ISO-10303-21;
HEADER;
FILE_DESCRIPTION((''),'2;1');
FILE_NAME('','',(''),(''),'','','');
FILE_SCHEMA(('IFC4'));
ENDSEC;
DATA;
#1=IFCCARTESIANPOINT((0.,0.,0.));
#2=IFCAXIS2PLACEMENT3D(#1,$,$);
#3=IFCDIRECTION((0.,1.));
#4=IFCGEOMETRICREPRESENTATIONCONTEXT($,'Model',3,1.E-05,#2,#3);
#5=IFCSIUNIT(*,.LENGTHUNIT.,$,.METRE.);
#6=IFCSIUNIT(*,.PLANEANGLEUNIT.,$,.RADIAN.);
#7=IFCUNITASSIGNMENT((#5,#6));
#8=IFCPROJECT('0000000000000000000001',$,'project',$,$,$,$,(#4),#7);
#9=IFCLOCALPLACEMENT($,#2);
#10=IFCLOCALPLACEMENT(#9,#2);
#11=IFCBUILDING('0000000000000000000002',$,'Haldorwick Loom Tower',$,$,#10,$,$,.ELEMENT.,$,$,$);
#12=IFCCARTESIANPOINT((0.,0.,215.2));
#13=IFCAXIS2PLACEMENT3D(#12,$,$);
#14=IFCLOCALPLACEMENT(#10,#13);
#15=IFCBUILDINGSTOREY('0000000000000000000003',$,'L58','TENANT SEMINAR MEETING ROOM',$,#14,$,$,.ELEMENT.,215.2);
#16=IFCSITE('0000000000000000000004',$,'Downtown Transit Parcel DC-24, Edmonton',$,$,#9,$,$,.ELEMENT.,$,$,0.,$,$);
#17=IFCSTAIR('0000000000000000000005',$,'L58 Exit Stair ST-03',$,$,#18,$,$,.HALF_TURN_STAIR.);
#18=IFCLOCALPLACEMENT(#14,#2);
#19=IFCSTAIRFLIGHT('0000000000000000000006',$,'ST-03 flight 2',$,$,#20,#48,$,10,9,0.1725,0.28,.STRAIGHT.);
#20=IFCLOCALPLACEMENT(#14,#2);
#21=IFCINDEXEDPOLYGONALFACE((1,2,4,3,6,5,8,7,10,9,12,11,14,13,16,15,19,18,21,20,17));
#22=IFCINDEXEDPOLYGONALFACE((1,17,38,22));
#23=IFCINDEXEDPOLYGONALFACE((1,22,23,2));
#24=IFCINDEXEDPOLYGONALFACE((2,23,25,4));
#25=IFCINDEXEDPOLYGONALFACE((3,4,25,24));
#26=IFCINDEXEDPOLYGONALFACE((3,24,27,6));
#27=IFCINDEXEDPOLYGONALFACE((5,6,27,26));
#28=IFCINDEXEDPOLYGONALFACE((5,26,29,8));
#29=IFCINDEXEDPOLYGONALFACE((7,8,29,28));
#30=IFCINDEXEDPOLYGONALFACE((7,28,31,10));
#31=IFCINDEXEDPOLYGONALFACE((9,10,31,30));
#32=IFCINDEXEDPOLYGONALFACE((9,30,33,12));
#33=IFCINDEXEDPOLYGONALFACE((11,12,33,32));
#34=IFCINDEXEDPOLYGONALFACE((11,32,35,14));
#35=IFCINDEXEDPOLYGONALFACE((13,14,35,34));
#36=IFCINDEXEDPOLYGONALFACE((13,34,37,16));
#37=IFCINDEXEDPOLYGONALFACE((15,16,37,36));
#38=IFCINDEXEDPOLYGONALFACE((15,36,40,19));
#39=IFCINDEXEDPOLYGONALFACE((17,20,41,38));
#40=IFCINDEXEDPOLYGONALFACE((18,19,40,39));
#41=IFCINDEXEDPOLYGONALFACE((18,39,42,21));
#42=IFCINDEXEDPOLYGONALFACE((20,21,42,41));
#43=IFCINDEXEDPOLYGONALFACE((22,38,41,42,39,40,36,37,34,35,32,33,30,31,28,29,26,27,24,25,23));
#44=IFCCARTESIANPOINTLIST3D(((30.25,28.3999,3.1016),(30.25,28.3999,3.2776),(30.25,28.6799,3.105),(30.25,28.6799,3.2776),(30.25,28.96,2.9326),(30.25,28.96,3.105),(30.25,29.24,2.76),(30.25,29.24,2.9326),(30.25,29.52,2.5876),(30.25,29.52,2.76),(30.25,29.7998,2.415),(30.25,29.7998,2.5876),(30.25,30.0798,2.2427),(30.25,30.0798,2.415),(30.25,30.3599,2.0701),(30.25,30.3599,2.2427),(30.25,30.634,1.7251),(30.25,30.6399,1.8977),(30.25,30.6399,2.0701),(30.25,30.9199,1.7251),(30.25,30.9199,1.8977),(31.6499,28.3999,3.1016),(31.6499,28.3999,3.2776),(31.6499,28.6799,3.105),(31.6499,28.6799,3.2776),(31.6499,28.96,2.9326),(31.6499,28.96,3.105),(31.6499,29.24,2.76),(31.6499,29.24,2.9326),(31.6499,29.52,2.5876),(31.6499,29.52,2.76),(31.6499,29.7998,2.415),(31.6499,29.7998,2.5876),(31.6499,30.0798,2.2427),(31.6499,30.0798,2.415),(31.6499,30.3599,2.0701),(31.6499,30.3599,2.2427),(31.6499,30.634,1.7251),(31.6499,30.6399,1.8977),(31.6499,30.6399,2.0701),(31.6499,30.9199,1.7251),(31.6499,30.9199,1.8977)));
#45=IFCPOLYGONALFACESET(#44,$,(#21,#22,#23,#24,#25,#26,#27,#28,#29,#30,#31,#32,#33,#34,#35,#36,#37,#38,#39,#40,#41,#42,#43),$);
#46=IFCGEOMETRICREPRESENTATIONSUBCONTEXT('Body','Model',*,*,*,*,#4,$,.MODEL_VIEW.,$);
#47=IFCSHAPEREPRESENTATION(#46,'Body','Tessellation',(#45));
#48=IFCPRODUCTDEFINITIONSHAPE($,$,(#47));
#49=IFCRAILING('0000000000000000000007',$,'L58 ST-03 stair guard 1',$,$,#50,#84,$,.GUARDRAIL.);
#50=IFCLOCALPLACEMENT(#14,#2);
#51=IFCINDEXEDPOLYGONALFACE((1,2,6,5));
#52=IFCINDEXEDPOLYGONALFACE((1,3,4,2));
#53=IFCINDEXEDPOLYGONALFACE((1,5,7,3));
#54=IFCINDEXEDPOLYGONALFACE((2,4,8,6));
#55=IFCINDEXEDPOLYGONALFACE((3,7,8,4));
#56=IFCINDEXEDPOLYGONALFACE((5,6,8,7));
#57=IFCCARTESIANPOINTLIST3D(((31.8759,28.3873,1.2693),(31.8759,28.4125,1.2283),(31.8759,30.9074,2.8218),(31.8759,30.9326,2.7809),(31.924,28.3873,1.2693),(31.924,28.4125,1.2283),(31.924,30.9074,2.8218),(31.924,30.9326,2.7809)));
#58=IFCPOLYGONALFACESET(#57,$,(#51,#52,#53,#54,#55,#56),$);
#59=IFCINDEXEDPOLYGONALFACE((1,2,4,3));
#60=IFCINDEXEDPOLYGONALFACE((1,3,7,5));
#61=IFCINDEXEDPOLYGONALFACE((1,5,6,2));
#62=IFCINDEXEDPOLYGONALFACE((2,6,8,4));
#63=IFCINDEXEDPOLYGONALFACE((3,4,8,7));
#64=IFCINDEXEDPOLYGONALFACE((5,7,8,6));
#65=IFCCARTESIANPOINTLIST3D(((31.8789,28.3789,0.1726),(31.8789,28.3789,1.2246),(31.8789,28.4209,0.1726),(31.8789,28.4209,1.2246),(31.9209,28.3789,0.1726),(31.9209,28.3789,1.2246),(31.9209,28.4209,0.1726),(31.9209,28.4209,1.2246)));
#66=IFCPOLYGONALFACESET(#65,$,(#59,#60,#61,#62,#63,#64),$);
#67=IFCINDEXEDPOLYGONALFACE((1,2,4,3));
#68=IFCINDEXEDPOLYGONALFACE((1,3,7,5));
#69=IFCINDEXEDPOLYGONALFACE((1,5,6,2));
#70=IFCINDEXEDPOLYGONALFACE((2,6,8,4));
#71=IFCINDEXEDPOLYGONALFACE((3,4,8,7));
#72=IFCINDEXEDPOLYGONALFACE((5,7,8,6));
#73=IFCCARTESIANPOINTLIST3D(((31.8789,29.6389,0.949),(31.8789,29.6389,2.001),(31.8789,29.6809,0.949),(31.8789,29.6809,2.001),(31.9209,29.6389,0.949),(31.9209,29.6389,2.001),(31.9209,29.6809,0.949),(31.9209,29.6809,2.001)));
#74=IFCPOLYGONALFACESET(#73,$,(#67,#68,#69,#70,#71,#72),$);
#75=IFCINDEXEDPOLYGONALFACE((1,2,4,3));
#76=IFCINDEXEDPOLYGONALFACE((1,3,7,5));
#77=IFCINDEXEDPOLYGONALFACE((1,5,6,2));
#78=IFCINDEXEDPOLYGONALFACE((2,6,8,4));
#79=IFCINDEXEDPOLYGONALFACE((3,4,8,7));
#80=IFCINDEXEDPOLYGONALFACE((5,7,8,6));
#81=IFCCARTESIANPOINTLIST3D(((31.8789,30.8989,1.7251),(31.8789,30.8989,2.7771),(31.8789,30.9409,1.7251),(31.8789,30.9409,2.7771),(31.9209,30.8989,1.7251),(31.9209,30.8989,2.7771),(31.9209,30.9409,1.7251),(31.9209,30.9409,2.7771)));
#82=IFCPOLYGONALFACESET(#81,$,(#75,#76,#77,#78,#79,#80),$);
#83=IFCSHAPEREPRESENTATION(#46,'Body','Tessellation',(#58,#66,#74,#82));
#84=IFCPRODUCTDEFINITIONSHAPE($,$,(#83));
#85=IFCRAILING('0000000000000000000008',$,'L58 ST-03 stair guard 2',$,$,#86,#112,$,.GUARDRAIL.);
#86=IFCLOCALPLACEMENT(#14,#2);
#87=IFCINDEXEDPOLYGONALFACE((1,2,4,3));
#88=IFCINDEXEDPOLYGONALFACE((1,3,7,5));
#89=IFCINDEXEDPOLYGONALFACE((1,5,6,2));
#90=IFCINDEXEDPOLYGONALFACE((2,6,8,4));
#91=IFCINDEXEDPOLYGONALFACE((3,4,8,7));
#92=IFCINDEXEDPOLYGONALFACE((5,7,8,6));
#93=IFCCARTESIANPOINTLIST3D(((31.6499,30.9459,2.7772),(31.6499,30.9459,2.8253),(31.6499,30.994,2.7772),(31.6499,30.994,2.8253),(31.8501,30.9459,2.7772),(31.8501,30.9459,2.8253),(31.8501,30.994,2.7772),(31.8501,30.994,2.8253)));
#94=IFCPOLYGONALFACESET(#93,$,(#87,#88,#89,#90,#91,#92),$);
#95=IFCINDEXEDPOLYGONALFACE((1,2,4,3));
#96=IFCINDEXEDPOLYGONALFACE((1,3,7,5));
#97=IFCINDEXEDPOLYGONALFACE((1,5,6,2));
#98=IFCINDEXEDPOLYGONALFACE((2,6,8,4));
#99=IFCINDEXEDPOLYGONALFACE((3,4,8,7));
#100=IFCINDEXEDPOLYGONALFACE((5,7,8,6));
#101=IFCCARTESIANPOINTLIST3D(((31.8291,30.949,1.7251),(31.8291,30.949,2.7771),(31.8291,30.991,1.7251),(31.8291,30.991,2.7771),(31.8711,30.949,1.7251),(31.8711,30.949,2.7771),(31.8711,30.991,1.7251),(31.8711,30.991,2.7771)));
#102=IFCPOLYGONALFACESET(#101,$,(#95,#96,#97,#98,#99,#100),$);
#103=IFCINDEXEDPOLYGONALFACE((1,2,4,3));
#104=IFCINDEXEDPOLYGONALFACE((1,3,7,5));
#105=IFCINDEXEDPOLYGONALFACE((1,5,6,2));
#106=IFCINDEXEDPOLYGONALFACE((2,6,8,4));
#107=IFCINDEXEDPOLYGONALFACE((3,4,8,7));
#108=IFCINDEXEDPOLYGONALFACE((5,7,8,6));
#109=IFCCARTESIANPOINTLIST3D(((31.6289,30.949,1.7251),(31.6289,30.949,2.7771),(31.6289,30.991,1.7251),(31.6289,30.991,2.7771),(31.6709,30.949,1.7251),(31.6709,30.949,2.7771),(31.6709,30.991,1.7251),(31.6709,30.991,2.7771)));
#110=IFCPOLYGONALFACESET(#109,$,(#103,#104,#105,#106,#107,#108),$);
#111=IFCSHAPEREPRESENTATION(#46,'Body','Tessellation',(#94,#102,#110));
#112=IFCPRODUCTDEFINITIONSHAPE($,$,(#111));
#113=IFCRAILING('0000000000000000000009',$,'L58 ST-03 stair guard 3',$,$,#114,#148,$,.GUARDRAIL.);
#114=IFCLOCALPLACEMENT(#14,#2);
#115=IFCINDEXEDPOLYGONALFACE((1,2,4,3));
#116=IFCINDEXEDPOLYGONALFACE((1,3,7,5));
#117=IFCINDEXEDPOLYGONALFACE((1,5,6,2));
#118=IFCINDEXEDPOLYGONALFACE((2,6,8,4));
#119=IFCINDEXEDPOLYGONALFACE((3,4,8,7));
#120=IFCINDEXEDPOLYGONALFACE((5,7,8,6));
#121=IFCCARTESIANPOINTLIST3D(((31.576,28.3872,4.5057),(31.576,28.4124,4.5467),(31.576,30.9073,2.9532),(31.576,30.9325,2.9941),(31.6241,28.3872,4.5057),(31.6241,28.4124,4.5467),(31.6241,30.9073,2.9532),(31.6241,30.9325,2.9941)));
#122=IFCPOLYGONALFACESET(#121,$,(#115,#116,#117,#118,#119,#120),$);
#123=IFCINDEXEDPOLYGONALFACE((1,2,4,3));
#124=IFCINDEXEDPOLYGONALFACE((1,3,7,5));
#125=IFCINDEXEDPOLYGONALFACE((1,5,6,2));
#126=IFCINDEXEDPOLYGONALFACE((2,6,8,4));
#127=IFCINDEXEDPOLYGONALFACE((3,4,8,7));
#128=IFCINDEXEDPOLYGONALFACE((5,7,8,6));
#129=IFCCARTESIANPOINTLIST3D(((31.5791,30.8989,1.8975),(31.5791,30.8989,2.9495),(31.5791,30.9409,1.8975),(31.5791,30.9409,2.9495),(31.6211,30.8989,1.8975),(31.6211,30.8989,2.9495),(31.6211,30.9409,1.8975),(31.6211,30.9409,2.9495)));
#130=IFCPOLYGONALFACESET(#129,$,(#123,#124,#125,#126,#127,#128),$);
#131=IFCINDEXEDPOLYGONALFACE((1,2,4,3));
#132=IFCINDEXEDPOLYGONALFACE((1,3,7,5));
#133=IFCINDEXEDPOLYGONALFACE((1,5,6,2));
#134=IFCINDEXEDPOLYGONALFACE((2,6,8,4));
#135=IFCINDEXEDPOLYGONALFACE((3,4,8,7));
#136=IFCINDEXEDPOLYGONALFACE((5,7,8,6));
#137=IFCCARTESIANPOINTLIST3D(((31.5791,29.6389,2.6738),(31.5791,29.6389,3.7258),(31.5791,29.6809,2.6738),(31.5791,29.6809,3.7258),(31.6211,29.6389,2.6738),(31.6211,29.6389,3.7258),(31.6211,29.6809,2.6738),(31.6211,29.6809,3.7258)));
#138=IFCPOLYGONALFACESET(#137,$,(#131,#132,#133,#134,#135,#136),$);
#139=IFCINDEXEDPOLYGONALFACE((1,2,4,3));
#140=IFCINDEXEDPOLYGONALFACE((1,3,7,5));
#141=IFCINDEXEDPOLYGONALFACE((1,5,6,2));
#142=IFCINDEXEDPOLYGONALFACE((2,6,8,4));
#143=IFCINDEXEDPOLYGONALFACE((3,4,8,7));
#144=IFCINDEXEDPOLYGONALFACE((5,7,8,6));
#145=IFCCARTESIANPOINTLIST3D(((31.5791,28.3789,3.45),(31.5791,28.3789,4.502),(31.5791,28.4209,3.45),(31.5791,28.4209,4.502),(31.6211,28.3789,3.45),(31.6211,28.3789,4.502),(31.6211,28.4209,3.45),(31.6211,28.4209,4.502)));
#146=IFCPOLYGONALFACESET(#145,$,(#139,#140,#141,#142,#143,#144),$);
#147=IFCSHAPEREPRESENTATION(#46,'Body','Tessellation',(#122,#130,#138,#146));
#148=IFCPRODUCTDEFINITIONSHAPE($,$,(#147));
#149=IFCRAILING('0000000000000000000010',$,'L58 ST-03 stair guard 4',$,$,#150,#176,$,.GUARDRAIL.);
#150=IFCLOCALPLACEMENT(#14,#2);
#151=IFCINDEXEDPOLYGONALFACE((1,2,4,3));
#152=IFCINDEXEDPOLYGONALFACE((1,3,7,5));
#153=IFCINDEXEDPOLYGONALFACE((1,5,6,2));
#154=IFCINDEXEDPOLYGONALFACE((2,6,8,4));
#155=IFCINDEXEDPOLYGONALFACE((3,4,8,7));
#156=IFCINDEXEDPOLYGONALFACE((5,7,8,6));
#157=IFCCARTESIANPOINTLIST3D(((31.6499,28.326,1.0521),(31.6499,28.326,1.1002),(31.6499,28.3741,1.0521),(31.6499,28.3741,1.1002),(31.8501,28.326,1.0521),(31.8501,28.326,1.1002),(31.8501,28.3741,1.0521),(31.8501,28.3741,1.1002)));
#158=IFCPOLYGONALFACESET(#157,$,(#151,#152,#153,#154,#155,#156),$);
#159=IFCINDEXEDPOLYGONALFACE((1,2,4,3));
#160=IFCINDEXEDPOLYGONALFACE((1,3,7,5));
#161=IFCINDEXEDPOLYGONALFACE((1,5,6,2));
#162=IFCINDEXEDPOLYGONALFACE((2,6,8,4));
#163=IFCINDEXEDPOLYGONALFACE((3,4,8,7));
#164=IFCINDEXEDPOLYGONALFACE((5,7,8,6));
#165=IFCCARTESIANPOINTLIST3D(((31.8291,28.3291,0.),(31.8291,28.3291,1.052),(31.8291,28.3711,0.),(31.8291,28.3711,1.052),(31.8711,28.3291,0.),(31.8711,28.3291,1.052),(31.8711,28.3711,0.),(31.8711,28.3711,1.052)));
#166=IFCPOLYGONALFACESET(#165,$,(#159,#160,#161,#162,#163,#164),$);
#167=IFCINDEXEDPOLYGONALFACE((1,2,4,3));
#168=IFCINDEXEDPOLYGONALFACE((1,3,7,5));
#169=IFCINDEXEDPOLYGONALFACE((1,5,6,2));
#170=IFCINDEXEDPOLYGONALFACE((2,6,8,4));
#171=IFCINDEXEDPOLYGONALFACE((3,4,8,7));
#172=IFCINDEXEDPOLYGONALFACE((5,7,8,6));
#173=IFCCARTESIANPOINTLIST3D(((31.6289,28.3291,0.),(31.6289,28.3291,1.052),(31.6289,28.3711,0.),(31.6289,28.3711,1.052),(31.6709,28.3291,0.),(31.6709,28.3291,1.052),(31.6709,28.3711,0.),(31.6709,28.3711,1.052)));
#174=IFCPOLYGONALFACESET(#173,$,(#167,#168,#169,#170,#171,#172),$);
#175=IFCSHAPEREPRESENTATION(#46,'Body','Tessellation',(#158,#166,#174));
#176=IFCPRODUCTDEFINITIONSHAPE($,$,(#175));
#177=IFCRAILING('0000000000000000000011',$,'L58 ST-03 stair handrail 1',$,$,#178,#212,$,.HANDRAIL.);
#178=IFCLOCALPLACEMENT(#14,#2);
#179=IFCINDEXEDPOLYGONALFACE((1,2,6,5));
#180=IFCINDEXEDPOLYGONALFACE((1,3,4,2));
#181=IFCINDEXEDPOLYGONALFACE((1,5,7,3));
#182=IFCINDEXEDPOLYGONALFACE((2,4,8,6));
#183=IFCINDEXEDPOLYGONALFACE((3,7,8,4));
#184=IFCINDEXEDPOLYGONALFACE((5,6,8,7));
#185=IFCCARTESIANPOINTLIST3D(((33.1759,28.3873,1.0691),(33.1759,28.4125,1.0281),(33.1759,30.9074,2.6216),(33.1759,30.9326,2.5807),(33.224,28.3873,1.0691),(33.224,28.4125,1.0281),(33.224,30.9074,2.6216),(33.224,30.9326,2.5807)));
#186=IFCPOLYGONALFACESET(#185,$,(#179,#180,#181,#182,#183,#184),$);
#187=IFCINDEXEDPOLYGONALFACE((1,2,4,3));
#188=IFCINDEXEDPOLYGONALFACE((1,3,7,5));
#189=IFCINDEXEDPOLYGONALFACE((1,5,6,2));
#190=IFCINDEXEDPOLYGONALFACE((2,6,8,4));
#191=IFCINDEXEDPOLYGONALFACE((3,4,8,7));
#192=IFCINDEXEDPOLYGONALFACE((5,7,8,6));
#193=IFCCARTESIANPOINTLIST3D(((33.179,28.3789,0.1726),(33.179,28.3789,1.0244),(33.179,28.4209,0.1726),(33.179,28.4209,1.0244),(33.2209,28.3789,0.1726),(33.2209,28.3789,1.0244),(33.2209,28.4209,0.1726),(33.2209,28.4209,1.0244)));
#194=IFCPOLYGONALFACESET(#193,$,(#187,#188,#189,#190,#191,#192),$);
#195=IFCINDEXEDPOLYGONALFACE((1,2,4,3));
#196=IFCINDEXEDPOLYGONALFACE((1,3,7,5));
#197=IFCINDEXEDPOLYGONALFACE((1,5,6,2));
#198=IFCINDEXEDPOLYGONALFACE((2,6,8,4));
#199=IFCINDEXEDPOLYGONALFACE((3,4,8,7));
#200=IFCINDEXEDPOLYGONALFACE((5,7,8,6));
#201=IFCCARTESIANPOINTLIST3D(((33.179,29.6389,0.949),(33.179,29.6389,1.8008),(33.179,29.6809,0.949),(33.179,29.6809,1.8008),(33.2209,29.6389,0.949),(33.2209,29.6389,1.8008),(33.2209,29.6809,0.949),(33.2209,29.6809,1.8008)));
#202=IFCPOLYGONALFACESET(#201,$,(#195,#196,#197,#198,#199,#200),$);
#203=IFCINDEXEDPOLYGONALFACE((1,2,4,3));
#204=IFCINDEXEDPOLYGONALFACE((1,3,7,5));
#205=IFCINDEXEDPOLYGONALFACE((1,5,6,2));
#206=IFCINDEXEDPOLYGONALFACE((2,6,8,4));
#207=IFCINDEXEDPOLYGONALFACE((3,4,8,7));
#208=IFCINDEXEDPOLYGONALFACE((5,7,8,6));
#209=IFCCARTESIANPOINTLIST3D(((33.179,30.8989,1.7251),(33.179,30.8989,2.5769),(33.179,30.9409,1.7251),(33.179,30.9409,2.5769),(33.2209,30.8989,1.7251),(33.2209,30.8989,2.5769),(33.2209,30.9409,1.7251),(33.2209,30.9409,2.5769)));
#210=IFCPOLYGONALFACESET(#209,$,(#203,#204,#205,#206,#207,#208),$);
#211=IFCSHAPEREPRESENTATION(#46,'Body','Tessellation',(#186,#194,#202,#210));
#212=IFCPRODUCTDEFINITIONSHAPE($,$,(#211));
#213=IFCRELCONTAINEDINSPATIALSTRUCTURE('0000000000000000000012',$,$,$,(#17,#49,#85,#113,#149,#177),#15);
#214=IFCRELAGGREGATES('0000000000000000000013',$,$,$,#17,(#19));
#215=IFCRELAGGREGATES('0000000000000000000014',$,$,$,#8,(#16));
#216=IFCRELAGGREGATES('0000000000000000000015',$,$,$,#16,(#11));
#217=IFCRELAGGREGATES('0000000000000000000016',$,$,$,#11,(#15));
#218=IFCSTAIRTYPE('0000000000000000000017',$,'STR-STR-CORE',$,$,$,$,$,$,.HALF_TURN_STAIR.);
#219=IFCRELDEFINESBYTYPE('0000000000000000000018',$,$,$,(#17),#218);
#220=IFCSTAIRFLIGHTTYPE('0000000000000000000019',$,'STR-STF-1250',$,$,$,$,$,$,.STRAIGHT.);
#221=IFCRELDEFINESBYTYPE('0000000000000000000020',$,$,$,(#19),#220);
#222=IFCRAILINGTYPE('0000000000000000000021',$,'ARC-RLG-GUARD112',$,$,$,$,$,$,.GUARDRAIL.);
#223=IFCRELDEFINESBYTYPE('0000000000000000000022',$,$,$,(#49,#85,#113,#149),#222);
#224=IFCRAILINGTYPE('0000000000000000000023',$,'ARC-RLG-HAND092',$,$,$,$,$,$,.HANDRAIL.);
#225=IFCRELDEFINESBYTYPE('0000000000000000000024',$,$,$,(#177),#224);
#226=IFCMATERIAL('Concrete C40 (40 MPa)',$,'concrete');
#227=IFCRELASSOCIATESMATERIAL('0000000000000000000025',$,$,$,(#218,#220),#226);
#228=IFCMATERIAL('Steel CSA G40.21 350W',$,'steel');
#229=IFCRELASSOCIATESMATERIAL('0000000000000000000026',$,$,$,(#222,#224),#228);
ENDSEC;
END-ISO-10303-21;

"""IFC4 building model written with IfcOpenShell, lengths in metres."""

from ifc_helpers import new_model, si_unit, direction, frame, origin, origin_2d, place, context, subcontext, project, spatial, polyline, rectangle, outline, extrude, material, type_object, element, aggregate, save


model = new_model("IFC4")

# Units and contexts
model_context = context("Model", 3, precision=1e-05, world=origin(), true_north=direction((0.0, 1.0)))
body_context = subcontext(model_context, "Body", "Model", "MODEL_VIEW")
ifc_project = project(units=[si_unit("LENGTHUNIT", "METRE"), si_unit("PLANEANGLEUNIT", "RADIAN")], contexts=[model_context])

# Site, building, storey
site_placement = place(None, origin())
site = spatial("IfcSite", under=ifc_project, at=site_placement, Name="Downtown Transit Parcel DC-24, Edmonton", CompositionType="ELEMENT", RefElevation=0.0)
building_placement = place(site_placement, origin())
building = spatial("IfcBuilding", under=site, at=building_placement, Name="Haldorwick Loom Tower", CompositionType="ELEMENT")
storey_placement = place(building_placement, frame((0.0, 0.0, 215.2)))
storey = spatial("IfcBuildingStorey", under=building, at=storey_placement, Name="L58", Description="TENANT SEMINAR MEETING ROOM", CompositionType="ELEMENT", Elevation=215.2)

# Shared definitions
ifc_material_1 = material(Name="Steel CSA G40.21 350W", Category="steel")

# Stair, stair flight
ifc_material_2 = material(Name="Concrete C40 (40 MPa)", Category="concrete")
stair_type = type_object("IfcStairType", Name="STR-STR-CORE", PredefinedType="HALF_TURN_STAIR", material=ifc_material_2)
stair_placement = place(storey_placement, origin())
stair = element("IfcStair", 1, at=stair_placement, inside=storey, type_object=stair_type, Name="L58 Exit Stair ST-03", PredefinedType="HALF_TURN_STAIR")
stair_flight_type = type_object("IfcStairFlightType", Name="STR-STF-1250", PredefinedType="STRAIGHT", material=ifc_material_2)
stair_flight_1_placement = place(storey_placement, frame((30.95, 30.9199, 1.7251), z_axis=(0.0, 0.0, 1.0), x_axis=(0.0, -1.0, 0.0)))
stair_flight_1 = element("IfcStairFlight", 2, at=stair_flight_1_placement, type_object=stair_flight_type, Name="ST-03 flight 2", NumberOfRisers=10, NumberOfTreads=9, PredefinedType="STRAIGHT", RiserHeight=0.1725, TreadLength=0.28, context=body_context, shape_type="SweptSolid", body=[
    extrude(outline(polyline([(0.0, 0.0), (0.0, 0.1726), (0.28, 0.1726), (0.28, 0.345), (0.5601, 0.345), (0.5601, 0.5176), (0.8401, 0.5176), (0.8401, 0.6899), (1.1201, 0.6899), (1.1201, 0.8625), (1.3999, 0.8625), (1.3999, 1.0349), (1.6799, 1.0349), (1.6799, 1.2075), (1.96, 1.2075), (1.96, 1.3799), (2.24, 1.3799), (2.24, 1.5525), (2.52, 1.5525), (2.52, 1.7251), (2.52, 1.3765), (0.2859, 0.0), (0.0, 0.0)])), frame((0.0, 0.7, 0.0), z_axis=(0.0, -1.0, 0.0), x_axis=(1.0, 0.0, 0.0)), (0.0, 0.0, 1.0), 1.3999),
])
aggregate(stair, [stair_flight_1])

# Railings
railing_type_1 = type_object("IfcRailingType", Name="ARC-RLG-GUARD112", PredefinedType="GUARDRAIL", material=ifc_material_1)
railing_1_placement = place(storey_placement, frame((31.8999, 28.3999, 0.1726)))
element("IfcRailing", 3, at=railing_1_placement, inside=storey, type_object=railing_type_1, Name="L58 ST-03 stair guard 1", PredefinedType="GUARDRAIL", context=body_context, shape_type="SweptSolid", body=[
    extrude(rectangle(XDim=0.0481, YDim=0.0481, at=origin_2d()), frame((0.0, 0.0, 1.0762), z_axis=(0.0, 0.8514, 0.524516), x_axis=(-1.0, 0.0, 0.0)), (0.0, 0.0, 1.0), 2.96),
    extrude(rectangle(XDim=0.042, YDim=0.042, at=origin_2d()), origin(), (0.0, 0.0, 1.0), 1.052),
    extrude(rectangle(XDim=0.042, YDim=0.042, at=origin_2d()), frame((0.0, 1.26, 0.7764)), (0.0, 0.0, 1.0), 1.052),
    extrude(rectangle(XDim=0.042, YDim=0.042, at=origin_2d()), frame((0.0, 2.52, 1.5525)), (0.0, 0.0, 1.0), 1.052),
])
railing_2_placement = place(storey_placement, frame((31.8501, 30.97, 1.7251)))
element("IfcRailing", 4, at=railing_2_placement, inside=storey, type_object=railing_type_1, Name="L58 ST-03 stair guard 2", PredefinedType="GUARDRAIL", context=body_context, shape_type="SweptSolid", body=[
    extrude(rectangle(XDim=0.0481, YDim=0.0481, at=origin_2d()), frame((0.0, 0.0, 1.0762), z_axis=(-1.0, 0.0, 0.0), x_axis=(0.0, -1.0, 0.0)), (0.0, 0.0, 1.0), 0.2002),
    extrude(rectangle(XDim=0.042, YDim=0.042, at=origin_2d()), origin(), (0.0, 0.0, 1.0), 1.052),
    extrude(rectangle(XDim=0.042, YDim=0.042, at=origin_2d()), frame((-0.2002, 0.0, 0.0)), (0.0, 0.0, 1.0), 1.052),
])
railing_3_placement = place(storey_placement, frame((31.6001, 30.9199, 1.8975)))
element("IfcRailing", 5, at=railing_3_placement, inside=storey, type_object=railing_type_1, Name="L58 ST-03 stair guard 3", PredefinedType="GUARDRAIL", context=body_context, shape_type="SweptSolid", body=[
    extrude(rectangle(XDim=0.0481, YDim=0.0481, at=origin_2d()), frame((0.0, 0.0, 1.0762), z_axis=(0.0, -0.8514, 0.524516), x_axis=(1.0, 0.0, 0.0)), (0.0, 0.0, 1.0), 2.96),
    extrude(rectangle(XDim=0.042, YDim=0.042, at=origin_2d()), origin(), (0.0, 0.0, 1.0), 1.052),
    extrude(rectangle(XDim=0.042, YDim=0.042, at=origin_2d()), frame((0.0, -1.26, 0.7764)), (0.0, 0.0, 1.0), 1.052),
    extrude(rectangle(XDim=0.042, YDim=0.042, at=origin_2d()), frame((0.0, -2.52, 1.5525)), (0.0, 0.0, 1.0), 1.052),
])
railing_4_placement = place(storey_placement, frame((31.8501, 28.3501, 0.0)))
element("IfcRailing", 6, at=railing_4_placement, inside=storey, type_object=railing_type_1, Name="L58 ST-03 stair guard 4", PredefinedType="GUARDRAIL", context=body_context, shape_type="SweptSolid", body=[
    extrude(rectangle(XDim=0.0481, YDim=0.0481, at=origin_2d()), frame((0.0, 0.0, 1.0762), z_axis=(-1.0, 0.0, 0.0), x_axis=(0.0, -1.0, 0.0)), (0.0, 0.0, 1.0), 0.2002),
    extrude(rectangle(XDim=0.042, YDim=0.042, at=origin_2d()), origin(), (0.0, 0.0, 1.0), 1.052),
    extrude(rectangle(XDim=0.042, YDim=0.042, at=origin_2d()), frame((-0.2002, 0.0, 0.0)), (0.0, 0.0, 1.0), 1.052),
])
railing_type_2 = type_object("IfcRailingType", Name="ARC-RLG-HAND092", PredefinedType="HANDRAIL", material=ifc_material_1)
railing_5_placement = place(storey_placement, frame((33.2, 28.3999, 0.1726)))
element("IfcRailing", 7, at=railing_5_placement, inside=storey, type_object=railing_type_2, Name="L58 ST-03 stair handrail 1", PredefinedType="HANDRAIL", context=body_context, shape_type="SweptSolid", body=[
    extrude(rectangle(XDim=0.0481, YDim=0.0481, at=origin_2d()), frame((0.0, 0.0, 0.876), z_axis=(0.0, 0.8514, 0.524516), x_axis=(-1.0, 0.0, 0.0)), (0.0, 0.0, 1.0), 2.96),
    extrude(rectangle(XDim=0.042, YDim=0.042, at=origin_2d()), origin(), (0.0, 0.0, 1.0), 0.8518),
    extrude(rectangle(XDim=0.042, YDim=0.042, at=origin_2d()), frame((0.0, 1.26, 0.7764)), (0.0, 0.0, 1.0), 0.8518),
    extrude(rectangle(XDim=0.042, YDim=0.042, at=origin_2d()), frame((0.0, 2.52, 1.5525)), (0.0, 0.0, 1.0), 0.8518),
])

save(model, "model.ifc")
